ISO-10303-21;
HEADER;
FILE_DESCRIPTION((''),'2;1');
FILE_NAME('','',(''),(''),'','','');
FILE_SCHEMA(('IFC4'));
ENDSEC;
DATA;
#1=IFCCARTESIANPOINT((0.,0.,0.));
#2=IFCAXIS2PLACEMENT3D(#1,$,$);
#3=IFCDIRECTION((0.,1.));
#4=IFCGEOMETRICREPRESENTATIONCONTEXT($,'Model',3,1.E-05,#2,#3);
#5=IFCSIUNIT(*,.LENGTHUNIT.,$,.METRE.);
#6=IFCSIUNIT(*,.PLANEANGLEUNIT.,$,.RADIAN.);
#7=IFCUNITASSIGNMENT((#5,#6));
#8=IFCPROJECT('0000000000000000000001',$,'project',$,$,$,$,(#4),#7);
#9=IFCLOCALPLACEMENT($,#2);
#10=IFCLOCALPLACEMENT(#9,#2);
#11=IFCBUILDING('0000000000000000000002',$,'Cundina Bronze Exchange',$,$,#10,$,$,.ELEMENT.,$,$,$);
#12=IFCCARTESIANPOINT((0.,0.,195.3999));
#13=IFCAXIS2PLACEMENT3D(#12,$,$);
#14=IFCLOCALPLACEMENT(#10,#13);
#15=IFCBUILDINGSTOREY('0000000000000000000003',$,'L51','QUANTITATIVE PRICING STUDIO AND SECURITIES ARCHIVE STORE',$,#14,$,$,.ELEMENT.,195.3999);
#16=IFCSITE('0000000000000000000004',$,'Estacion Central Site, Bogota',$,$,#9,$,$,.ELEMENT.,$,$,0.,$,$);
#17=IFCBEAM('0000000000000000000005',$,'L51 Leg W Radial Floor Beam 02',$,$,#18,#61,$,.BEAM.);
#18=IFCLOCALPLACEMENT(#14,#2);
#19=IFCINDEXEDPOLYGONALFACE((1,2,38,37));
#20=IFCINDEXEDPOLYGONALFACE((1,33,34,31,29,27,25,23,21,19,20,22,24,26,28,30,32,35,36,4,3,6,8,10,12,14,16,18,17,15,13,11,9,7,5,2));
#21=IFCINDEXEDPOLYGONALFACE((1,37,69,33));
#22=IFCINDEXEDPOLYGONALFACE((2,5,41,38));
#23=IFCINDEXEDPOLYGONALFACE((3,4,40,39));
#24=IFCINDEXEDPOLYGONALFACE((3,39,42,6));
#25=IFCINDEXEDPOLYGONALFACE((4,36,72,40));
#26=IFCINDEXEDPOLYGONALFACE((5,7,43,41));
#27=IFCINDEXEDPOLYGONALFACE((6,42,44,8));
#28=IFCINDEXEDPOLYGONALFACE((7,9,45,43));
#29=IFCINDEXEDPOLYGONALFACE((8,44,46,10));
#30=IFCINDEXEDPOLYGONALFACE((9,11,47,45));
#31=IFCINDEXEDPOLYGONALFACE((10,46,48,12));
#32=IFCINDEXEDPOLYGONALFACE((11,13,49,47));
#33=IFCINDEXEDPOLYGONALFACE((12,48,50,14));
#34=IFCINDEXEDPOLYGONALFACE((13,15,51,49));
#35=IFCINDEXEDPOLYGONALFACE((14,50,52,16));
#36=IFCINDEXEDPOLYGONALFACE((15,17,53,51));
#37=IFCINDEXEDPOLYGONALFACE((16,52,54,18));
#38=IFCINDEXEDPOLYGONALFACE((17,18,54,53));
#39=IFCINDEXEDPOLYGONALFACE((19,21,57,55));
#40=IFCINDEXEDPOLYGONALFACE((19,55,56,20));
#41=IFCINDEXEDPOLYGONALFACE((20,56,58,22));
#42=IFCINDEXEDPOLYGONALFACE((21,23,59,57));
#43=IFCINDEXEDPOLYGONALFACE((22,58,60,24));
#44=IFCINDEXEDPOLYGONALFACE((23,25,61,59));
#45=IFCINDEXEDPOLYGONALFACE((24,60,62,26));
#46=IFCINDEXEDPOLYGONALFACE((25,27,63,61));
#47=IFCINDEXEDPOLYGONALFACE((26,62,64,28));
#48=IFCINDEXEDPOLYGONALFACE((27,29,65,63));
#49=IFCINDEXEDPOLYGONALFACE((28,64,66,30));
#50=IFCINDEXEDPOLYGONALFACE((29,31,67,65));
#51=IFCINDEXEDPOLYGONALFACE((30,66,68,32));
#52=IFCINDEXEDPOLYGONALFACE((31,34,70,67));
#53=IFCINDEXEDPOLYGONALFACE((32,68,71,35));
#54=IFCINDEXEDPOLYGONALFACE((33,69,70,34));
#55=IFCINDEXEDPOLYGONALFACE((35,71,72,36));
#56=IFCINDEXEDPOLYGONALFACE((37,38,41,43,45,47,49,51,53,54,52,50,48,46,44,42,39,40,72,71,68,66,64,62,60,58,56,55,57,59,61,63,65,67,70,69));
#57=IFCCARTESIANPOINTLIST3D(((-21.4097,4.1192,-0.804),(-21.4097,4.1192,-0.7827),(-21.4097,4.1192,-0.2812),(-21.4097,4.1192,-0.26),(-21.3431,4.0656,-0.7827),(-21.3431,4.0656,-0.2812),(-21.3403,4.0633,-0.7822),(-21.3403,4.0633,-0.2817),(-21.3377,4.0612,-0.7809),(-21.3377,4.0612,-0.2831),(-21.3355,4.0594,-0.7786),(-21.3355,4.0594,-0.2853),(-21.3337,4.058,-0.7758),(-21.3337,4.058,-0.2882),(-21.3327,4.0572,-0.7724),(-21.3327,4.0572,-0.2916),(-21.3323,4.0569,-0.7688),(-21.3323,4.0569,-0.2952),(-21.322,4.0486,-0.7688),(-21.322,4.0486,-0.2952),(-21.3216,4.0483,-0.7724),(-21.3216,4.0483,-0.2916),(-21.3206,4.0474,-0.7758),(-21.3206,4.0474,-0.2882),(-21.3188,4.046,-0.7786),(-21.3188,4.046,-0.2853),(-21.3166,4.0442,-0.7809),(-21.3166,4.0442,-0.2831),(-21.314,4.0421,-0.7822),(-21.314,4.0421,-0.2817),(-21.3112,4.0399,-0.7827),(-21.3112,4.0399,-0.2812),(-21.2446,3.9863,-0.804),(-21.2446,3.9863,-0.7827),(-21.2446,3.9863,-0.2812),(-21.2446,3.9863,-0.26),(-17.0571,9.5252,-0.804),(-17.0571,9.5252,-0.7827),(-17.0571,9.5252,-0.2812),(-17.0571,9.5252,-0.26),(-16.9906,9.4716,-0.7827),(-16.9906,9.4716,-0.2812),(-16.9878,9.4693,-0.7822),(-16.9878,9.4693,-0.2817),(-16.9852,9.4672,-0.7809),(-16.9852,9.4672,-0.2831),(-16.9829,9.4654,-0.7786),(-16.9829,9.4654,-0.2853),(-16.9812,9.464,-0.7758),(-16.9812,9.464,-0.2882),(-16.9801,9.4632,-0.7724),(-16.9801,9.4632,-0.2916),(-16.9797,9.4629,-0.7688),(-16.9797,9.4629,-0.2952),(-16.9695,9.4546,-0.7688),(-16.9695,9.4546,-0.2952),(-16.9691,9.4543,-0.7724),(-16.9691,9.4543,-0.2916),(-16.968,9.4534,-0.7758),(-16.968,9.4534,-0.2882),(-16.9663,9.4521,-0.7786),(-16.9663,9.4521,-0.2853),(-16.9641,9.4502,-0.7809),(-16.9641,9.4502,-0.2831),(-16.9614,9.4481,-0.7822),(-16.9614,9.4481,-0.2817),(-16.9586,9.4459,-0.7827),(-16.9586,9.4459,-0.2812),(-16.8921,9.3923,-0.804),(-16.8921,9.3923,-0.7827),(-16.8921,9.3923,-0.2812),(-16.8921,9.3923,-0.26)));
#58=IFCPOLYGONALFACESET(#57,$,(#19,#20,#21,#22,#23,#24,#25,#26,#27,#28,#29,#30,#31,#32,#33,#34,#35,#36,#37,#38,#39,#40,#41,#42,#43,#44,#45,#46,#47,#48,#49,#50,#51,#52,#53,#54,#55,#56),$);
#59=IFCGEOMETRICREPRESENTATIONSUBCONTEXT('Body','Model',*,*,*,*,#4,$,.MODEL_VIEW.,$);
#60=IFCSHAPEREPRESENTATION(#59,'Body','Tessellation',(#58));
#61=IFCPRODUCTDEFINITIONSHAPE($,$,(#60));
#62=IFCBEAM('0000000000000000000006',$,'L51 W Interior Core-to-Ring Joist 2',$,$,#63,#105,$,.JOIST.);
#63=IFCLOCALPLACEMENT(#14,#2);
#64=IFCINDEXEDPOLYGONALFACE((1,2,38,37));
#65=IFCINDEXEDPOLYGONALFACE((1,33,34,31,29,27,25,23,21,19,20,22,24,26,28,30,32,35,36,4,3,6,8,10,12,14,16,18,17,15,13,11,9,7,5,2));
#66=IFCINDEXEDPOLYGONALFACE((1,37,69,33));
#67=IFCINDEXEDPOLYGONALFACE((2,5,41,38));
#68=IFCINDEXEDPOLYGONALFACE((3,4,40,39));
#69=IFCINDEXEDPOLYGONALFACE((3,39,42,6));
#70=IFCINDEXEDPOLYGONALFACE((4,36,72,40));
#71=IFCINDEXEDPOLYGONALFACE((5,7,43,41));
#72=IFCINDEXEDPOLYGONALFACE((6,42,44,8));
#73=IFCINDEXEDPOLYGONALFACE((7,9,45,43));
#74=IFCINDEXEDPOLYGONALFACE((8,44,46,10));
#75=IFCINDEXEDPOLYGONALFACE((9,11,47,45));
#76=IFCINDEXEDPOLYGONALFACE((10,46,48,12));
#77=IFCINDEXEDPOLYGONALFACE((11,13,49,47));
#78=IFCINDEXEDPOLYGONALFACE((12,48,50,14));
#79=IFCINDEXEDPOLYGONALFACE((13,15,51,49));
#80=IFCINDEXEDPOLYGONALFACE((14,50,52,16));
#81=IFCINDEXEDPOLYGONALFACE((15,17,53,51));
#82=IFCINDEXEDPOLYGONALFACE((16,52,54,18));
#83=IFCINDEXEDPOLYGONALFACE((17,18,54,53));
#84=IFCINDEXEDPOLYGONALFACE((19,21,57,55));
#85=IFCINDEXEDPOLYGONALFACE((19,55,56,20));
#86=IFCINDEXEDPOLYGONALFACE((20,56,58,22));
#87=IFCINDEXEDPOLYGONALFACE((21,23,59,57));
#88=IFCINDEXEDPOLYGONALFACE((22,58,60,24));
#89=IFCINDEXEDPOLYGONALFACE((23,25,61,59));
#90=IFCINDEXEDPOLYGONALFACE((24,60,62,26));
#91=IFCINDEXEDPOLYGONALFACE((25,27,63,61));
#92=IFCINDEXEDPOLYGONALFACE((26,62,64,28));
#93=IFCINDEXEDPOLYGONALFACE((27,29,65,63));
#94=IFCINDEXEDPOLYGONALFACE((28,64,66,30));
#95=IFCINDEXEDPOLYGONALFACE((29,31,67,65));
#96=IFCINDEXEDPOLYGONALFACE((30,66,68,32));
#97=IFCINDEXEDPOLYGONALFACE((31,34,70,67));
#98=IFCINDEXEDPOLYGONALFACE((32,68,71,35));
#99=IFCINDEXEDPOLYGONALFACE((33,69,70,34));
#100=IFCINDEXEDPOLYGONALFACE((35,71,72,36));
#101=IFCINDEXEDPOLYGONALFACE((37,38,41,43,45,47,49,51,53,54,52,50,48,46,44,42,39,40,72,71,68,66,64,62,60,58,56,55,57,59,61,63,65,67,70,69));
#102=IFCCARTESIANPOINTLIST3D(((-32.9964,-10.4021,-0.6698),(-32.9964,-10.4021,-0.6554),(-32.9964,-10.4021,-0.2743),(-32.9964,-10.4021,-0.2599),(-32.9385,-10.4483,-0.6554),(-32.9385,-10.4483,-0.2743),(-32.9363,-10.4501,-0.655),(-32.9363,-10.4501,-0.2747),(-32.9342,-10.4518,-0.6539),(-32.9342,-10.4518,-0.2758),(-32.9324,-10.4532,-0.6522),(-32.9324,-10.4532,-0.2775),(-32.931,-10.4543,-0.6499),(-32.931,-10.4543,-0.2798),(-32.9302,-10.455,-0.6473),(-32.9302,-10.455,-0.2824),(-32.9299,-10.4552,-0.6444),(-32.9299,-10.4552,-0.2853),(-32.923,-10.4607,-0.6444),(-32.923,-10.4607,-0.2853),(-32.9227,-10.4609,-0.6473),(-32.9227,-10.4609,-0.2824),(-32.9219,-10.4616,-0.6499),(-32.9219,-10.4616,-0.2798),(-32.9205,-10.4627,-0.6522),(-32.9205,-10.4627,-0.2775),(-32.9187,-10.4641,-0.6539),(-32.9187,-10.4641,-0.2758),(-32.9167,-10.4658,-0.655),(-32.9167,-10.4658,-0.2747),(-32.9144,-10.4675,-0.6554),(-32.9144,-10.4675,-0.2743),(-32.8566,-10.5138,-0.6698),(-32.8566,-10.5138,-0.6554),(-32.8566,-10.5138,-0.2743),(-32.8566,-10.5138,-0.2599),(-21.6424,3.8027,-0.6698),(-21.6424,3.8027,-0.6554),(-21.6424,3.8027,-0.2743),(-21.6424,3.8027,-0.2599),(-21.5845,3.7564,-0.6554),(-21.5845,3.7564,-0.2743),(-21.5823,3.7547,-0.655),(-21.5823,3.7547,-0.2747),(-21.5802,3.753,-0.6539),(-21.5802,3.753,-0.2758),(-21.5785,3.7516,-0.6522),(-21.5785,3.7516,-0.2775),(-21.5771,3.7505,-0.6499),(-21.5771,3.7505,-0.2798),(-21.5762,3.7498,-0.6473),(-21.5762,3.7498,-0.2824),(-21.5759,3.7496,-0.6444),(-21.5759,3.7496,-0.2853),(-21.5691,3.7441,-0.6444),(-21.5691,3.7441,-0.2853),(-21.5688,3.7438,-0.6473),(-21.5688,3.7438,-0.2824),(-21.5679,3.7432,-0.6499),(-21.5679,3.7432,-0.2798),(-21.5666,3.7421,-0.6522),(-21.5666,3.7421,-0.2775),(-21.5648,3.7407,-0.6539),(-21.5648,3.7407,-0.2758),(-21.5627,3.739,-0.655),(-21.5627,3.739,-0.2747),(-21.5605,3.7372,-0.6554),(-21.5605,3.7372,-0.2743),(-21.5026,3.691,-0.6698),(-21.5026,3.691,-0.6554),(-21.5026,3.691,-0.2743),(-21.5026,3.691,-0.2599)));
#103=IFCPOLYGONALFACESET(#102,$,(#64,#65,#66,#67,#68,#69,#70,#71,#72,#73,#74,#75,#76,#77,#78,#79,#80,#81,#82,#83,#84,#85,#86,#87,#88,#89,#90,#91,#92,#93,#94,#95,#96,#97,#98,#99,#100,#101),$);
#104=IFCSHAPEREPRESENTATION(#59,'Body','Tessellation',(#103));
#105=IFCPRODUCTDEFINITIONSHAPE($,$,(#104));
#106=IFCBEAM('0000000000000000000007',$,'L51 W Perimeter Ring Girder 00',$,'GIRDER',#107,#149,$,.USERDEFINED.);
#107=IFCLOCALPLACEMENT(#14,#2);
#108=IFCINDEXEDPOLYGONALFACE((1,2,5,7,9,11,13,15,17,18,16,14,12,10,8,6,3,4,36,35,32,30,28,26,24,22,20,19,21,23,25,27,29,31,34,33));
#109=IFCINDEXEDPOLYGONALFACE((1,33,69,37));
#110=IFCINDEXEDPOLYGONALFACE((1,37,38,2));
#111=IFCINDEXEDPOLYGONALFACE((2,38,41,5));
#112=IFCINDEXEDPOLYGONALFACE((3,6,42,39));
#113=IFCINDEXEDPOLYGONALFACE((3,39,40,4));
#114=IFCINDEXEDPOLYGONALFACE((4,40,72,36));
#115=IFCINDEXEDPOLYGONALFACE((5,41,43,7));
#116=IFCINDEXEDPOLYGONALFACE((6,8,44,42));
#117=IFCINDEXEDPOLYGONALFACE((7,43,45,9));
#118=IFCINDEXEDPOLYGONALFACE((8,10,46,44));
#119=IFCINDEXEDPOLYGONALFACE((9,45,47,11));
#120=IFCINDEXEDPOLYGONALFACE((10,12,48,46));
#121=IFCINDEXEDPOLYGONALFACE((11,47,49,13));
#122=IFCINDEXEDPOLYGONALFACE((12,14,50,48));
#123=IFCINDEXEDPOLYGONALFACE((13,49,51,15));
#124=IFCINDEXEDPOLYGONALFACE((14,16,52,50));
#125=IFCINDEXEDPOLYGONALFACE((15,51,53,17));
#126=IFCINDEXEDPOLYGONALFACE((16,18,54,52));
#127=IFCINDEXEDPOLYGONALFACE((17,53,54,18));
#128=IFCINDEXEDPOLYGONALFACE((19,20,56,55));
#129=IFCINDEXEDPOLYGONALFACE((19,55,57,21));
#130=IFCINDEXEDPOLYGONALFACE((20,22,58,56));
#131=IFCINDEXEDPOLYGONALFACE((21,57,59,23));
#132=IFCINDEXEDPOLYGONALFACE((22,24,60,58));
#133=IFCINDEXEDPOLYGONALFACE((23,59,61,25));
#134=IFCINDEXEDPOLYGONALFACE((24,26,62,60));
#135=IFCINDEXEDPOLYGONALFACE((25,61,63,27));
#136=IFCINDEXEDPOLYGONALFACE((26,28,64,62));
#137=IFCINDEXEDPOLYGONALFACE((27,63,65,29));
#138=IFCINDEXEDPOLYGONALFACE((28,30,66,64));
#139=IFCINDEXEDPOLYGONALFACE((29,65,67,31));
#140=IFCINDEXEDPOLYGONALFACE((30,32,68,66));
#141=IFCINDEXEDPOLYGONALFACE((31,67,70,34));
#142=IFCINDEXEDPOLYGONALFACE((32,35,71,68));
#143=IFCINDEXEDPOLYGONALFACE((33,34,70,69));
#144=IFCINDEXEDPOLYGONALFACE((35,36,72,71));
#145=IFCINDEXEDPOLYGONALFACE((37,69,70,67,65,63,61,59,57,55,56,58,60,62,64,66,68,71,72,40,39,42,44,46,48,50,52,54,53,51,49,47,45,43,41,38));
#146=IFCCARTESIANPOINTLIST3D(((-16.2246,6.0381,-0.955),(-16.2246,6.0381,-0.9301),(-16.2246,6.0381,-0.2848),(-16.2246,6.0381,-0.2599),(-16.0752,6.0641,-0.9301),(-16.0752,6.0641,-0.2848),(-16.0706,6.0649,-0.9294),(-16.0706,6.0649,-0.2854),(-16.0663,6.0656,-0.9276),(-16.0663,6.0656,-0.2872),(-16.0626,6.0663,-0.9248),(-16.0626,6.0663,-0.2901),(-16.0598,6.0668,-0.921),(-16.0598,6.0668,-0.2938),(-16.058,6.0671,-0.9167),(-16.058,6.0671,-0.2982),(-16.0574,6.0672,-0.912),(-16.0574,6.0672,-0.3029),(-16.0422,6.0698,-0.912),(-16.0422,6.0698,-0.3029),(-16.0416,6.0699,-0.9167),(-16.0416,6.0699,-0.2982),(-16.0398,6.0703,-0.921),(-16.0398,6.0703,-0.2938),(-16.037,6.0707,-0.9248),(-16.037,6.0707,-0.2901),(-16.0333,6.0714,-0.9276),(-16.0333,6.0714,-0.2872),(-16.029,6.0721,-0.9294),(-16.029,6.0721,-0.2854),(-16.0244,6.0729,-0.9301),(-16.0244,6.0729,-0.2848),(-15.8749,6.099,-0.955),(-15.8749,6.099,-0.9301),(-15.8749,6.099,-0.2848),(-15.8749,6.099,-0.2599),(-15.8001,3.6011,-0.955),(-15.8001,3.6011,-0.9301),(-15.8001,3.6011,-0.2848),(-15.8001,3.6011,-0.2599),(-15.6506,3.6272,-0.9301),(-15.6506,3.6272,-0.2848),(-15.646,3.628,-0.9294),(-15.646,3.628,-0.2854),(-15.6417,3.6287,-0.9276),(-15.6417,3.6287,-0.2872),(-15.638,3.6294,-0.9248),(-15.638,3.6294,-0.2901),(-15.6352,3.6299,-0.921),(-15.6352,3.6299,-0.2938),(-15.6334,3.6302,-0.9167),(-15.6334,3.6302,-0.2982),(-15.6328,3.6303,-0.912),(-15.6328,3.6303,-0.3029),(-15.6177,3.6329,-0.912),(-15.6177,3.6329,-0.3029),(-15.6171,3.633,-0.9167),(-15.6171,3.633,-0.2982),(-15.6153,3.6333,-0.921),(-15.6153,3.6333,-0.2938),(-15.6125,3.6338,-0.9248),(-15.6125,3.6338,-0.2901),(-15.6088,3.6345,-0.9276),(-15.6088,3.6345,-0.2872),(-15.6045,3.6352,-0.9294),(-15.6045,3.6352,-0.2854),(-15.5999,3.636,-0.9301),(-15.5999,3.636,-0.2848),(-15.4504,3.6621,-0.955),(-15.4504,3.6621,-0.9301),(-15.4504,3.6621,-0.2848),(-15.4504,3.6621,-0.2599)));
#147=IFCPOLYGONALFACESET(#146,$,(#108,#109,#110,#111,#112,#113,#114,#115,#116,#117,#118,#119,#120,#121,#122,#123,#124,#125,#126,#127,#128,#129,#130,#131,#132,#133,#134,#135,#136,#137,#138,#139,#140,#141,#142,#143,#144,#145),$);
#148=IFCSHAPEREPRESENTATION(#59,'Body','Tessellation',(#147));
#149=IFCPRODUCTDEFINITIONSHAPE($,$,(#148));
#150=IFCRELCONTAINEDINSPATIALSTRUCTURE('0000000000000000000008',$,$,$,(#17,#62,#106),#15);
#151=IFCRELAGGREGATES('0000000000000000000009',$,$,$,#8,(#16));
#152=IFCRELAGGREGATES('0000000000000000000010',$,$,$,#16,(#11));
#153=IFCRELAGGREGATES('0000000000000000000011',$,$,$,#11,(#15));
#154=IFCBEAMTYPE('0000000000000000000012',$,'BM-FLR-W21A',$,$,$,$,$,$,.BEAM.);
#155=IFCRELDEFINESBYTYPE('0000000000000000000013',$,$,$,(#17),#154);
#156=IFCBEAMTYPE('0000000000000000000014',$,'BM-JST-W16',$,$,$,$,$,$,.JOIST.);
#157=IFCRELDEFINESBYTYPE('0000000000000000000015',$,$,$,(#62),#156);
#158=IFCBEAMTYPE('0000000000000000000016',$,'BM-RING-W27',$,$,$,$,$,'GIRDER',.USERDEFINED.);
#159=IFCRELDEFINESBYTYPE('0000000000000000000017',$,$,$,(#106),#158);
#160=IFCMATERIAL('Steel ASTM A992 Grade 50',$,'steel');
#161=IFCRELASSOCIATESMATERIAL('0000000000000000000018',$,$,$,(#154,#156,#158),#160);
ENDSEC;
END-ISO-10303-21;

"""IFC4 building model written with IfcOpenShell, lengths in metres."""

from ifc_helpers import new_model, si_unit, direction, frame, origin, origin_2d, place, context, subcontext, project, spatial, i_section, extrude, material, material_profile, profile_set, type_object, element, save


model = new_model("IFC4")

# Units and contexts
model_context = context("Model", 3, precision=1e-05, world=origin(), true_north=direction((0.0, 1.0)))
body_context = subcontext(model_context, "Body", "Model", "MODEL_VIEW")
ifc_project = project(units=[si_unit("LENGTHUNIT", "METRE"), si_unit("PLANEANGLEUNIT", "RADIAN")], contexts=[model_context])

# Site, building, storey
site_placement = place(None, origin())
site = spatial("IfcSite", under=ifc_project, at=site_placement, Name="Estacion Central Site, Bogota", CompositionType="ELEMENT", RefElevation=0.0)
building_placement = place(site_placement, origin())
building = spatial("IfcBuilding", under=site, at=building_placement, Name="Cundina Bronze Exchange", CompositionType="ELEMENT")
storey_placement = place(building_placement, frame((0.0, 0.0, 195.3999)))
storey = spatial("IfcBuildingStorey", under=building, at=storey_placement, Name="L51", Description="QUANTITATIVE PRICING STUDIO AND SECURITIES ARCHIVE STORE", CompositionType="ELEMENT", Elevation=195.3999)

# Shared definitions
ifc_material_1 = material(Name="Steel ASTM A992 Grade 50", Category="steel")

# Beams
ifc_material_profile_1 = material_profile(ifc_material_1, i_section(OverallWidth=0.2119, OverallDepth=0.5439, WebThickness=0.0132, FlangeThickness=0.0212, FilletRadius=0.0139, at=origin_2d()), Name="W21X83", Category="steel")
ifc_profile_set_1 = profile_set([ifc_material_profile_1], Name="Steel ASTM A992 Grade 50")
beam_type_1 = type_object("IfcBeamType", Name="BM-FLR-W21A", PredefinedType="BEAM", material=ifc_profile_set_1)
beam_1_placement = place(storey_placement, frame((-21.3271, 4.0527, -0.532), z_axis=(0.627129, 0.778916, 0.0), x_axis=(-0.778916, 0.627129, 0.0)))
element("IfcBeam", 1, at=beam_1_placement, inside=storey, type_object=beam_type_1, Name="L51 Leg W Radial Floor Beam 02", PredefinedType="BEAM", context=body_context, shape_type="SweptSolid", body=[
    extrude(i_section(OverallWidth=0.2119, OverallDepth=0.5439, WebThickness=0.0132, FlangeThickness=0.0212, FilletRadius=0.0139, at=origin_2d()), origin(), (0.0, 0.0, 1.0), 6.9404),
])
ifc_material_profile_2 = material_profile(ifc_material_1, i_section(OverallWidth=0.179, OverallDepth=0.4099, WebThickness=0.0088, FlangeThickness=0.0144, FilletRadius=0.011, at=origin_2d()), Name="W16X45", Category="steel")
ifc_profile_set_2 = profile_set([ifc_material_profile_2], Name="Steel ASTM A992 Grade 50")
beam_type_2 = type_object("IfcBeamType", Name="BM-JST-W16", PredefinedType="JOIST", material=ifc_profile_set_2)
beam_2_placement = place(storey_placement, frame((-21.5725, 3.7468, -0.4648), z_axis=(-0.624364, -0.781133, 0.0), x_axis=(0.781133, -0.624364, 0.0)))
element("IfcBeam", 2, at=beam_2_placement, inside=storey, type_object=beam_type_2, Name="L51 W Interior Core-to-Ring Joist 2", PredefinedType="JOIST", context=body_context, shape_type="SweptSolid", body=[
    extrude(i_section(OverallWidth=0.179, OverallDepth=0.4099, WebThickness=0.0088, FlangeThickness=0.0144, FilletRadius=0.011, at=origin_2d()), origin(), (0.0, 0.0, 1.0), 18.1848),
])
ifc_material_profile_3 = material_profile(ifc_material_1, i_section(OverallWidth=0.355, OverallDepth=0.6951, WebThickness=0.0154, FlangeThickness=0.0249, FilletRadius=0.0181, at=origin_2d()), Name="W27X146", Category="steel")
ifc_profile_set_3 = profile_set([ifc_material_profile_3], Name="Steel ASTM A992 Grade 50")
beam_type_3 = type_object("IfcBeamType", Name="BM-RING-W27", ElementType="GIRDER", PredefinedType="USERDEFINED", material=ifc_profile_set_3)
beam_3_placement = place(storey_placement, frame((-15.6252, 3.6316, -0.6074), z_axis=(-0.171629, 0.985162, 0.0), x_axis=(-0.985162, -0.171629, 0.0)))
element("IfcBeam", 3, at=beam_3_placement, inside=storey, type_object=beam_type_3, Name="L51 W Perimeter Ring Girder 00", ObjectType="GIRDER", PredefinedType="USERDEFINED", context=body_context, shape_type="SweptSolid", body=[
    extrude(i_section(OverallWidth=0.355, OverallDepth=0.6951, WebThickness=0.0154, FlangeThickness=0.0249, FilletRadius=0.0181, at=origin_2d()), origin(), (0.0, 0.0, 1.0), 2.4736),
])

save(model, "model.ifc")
